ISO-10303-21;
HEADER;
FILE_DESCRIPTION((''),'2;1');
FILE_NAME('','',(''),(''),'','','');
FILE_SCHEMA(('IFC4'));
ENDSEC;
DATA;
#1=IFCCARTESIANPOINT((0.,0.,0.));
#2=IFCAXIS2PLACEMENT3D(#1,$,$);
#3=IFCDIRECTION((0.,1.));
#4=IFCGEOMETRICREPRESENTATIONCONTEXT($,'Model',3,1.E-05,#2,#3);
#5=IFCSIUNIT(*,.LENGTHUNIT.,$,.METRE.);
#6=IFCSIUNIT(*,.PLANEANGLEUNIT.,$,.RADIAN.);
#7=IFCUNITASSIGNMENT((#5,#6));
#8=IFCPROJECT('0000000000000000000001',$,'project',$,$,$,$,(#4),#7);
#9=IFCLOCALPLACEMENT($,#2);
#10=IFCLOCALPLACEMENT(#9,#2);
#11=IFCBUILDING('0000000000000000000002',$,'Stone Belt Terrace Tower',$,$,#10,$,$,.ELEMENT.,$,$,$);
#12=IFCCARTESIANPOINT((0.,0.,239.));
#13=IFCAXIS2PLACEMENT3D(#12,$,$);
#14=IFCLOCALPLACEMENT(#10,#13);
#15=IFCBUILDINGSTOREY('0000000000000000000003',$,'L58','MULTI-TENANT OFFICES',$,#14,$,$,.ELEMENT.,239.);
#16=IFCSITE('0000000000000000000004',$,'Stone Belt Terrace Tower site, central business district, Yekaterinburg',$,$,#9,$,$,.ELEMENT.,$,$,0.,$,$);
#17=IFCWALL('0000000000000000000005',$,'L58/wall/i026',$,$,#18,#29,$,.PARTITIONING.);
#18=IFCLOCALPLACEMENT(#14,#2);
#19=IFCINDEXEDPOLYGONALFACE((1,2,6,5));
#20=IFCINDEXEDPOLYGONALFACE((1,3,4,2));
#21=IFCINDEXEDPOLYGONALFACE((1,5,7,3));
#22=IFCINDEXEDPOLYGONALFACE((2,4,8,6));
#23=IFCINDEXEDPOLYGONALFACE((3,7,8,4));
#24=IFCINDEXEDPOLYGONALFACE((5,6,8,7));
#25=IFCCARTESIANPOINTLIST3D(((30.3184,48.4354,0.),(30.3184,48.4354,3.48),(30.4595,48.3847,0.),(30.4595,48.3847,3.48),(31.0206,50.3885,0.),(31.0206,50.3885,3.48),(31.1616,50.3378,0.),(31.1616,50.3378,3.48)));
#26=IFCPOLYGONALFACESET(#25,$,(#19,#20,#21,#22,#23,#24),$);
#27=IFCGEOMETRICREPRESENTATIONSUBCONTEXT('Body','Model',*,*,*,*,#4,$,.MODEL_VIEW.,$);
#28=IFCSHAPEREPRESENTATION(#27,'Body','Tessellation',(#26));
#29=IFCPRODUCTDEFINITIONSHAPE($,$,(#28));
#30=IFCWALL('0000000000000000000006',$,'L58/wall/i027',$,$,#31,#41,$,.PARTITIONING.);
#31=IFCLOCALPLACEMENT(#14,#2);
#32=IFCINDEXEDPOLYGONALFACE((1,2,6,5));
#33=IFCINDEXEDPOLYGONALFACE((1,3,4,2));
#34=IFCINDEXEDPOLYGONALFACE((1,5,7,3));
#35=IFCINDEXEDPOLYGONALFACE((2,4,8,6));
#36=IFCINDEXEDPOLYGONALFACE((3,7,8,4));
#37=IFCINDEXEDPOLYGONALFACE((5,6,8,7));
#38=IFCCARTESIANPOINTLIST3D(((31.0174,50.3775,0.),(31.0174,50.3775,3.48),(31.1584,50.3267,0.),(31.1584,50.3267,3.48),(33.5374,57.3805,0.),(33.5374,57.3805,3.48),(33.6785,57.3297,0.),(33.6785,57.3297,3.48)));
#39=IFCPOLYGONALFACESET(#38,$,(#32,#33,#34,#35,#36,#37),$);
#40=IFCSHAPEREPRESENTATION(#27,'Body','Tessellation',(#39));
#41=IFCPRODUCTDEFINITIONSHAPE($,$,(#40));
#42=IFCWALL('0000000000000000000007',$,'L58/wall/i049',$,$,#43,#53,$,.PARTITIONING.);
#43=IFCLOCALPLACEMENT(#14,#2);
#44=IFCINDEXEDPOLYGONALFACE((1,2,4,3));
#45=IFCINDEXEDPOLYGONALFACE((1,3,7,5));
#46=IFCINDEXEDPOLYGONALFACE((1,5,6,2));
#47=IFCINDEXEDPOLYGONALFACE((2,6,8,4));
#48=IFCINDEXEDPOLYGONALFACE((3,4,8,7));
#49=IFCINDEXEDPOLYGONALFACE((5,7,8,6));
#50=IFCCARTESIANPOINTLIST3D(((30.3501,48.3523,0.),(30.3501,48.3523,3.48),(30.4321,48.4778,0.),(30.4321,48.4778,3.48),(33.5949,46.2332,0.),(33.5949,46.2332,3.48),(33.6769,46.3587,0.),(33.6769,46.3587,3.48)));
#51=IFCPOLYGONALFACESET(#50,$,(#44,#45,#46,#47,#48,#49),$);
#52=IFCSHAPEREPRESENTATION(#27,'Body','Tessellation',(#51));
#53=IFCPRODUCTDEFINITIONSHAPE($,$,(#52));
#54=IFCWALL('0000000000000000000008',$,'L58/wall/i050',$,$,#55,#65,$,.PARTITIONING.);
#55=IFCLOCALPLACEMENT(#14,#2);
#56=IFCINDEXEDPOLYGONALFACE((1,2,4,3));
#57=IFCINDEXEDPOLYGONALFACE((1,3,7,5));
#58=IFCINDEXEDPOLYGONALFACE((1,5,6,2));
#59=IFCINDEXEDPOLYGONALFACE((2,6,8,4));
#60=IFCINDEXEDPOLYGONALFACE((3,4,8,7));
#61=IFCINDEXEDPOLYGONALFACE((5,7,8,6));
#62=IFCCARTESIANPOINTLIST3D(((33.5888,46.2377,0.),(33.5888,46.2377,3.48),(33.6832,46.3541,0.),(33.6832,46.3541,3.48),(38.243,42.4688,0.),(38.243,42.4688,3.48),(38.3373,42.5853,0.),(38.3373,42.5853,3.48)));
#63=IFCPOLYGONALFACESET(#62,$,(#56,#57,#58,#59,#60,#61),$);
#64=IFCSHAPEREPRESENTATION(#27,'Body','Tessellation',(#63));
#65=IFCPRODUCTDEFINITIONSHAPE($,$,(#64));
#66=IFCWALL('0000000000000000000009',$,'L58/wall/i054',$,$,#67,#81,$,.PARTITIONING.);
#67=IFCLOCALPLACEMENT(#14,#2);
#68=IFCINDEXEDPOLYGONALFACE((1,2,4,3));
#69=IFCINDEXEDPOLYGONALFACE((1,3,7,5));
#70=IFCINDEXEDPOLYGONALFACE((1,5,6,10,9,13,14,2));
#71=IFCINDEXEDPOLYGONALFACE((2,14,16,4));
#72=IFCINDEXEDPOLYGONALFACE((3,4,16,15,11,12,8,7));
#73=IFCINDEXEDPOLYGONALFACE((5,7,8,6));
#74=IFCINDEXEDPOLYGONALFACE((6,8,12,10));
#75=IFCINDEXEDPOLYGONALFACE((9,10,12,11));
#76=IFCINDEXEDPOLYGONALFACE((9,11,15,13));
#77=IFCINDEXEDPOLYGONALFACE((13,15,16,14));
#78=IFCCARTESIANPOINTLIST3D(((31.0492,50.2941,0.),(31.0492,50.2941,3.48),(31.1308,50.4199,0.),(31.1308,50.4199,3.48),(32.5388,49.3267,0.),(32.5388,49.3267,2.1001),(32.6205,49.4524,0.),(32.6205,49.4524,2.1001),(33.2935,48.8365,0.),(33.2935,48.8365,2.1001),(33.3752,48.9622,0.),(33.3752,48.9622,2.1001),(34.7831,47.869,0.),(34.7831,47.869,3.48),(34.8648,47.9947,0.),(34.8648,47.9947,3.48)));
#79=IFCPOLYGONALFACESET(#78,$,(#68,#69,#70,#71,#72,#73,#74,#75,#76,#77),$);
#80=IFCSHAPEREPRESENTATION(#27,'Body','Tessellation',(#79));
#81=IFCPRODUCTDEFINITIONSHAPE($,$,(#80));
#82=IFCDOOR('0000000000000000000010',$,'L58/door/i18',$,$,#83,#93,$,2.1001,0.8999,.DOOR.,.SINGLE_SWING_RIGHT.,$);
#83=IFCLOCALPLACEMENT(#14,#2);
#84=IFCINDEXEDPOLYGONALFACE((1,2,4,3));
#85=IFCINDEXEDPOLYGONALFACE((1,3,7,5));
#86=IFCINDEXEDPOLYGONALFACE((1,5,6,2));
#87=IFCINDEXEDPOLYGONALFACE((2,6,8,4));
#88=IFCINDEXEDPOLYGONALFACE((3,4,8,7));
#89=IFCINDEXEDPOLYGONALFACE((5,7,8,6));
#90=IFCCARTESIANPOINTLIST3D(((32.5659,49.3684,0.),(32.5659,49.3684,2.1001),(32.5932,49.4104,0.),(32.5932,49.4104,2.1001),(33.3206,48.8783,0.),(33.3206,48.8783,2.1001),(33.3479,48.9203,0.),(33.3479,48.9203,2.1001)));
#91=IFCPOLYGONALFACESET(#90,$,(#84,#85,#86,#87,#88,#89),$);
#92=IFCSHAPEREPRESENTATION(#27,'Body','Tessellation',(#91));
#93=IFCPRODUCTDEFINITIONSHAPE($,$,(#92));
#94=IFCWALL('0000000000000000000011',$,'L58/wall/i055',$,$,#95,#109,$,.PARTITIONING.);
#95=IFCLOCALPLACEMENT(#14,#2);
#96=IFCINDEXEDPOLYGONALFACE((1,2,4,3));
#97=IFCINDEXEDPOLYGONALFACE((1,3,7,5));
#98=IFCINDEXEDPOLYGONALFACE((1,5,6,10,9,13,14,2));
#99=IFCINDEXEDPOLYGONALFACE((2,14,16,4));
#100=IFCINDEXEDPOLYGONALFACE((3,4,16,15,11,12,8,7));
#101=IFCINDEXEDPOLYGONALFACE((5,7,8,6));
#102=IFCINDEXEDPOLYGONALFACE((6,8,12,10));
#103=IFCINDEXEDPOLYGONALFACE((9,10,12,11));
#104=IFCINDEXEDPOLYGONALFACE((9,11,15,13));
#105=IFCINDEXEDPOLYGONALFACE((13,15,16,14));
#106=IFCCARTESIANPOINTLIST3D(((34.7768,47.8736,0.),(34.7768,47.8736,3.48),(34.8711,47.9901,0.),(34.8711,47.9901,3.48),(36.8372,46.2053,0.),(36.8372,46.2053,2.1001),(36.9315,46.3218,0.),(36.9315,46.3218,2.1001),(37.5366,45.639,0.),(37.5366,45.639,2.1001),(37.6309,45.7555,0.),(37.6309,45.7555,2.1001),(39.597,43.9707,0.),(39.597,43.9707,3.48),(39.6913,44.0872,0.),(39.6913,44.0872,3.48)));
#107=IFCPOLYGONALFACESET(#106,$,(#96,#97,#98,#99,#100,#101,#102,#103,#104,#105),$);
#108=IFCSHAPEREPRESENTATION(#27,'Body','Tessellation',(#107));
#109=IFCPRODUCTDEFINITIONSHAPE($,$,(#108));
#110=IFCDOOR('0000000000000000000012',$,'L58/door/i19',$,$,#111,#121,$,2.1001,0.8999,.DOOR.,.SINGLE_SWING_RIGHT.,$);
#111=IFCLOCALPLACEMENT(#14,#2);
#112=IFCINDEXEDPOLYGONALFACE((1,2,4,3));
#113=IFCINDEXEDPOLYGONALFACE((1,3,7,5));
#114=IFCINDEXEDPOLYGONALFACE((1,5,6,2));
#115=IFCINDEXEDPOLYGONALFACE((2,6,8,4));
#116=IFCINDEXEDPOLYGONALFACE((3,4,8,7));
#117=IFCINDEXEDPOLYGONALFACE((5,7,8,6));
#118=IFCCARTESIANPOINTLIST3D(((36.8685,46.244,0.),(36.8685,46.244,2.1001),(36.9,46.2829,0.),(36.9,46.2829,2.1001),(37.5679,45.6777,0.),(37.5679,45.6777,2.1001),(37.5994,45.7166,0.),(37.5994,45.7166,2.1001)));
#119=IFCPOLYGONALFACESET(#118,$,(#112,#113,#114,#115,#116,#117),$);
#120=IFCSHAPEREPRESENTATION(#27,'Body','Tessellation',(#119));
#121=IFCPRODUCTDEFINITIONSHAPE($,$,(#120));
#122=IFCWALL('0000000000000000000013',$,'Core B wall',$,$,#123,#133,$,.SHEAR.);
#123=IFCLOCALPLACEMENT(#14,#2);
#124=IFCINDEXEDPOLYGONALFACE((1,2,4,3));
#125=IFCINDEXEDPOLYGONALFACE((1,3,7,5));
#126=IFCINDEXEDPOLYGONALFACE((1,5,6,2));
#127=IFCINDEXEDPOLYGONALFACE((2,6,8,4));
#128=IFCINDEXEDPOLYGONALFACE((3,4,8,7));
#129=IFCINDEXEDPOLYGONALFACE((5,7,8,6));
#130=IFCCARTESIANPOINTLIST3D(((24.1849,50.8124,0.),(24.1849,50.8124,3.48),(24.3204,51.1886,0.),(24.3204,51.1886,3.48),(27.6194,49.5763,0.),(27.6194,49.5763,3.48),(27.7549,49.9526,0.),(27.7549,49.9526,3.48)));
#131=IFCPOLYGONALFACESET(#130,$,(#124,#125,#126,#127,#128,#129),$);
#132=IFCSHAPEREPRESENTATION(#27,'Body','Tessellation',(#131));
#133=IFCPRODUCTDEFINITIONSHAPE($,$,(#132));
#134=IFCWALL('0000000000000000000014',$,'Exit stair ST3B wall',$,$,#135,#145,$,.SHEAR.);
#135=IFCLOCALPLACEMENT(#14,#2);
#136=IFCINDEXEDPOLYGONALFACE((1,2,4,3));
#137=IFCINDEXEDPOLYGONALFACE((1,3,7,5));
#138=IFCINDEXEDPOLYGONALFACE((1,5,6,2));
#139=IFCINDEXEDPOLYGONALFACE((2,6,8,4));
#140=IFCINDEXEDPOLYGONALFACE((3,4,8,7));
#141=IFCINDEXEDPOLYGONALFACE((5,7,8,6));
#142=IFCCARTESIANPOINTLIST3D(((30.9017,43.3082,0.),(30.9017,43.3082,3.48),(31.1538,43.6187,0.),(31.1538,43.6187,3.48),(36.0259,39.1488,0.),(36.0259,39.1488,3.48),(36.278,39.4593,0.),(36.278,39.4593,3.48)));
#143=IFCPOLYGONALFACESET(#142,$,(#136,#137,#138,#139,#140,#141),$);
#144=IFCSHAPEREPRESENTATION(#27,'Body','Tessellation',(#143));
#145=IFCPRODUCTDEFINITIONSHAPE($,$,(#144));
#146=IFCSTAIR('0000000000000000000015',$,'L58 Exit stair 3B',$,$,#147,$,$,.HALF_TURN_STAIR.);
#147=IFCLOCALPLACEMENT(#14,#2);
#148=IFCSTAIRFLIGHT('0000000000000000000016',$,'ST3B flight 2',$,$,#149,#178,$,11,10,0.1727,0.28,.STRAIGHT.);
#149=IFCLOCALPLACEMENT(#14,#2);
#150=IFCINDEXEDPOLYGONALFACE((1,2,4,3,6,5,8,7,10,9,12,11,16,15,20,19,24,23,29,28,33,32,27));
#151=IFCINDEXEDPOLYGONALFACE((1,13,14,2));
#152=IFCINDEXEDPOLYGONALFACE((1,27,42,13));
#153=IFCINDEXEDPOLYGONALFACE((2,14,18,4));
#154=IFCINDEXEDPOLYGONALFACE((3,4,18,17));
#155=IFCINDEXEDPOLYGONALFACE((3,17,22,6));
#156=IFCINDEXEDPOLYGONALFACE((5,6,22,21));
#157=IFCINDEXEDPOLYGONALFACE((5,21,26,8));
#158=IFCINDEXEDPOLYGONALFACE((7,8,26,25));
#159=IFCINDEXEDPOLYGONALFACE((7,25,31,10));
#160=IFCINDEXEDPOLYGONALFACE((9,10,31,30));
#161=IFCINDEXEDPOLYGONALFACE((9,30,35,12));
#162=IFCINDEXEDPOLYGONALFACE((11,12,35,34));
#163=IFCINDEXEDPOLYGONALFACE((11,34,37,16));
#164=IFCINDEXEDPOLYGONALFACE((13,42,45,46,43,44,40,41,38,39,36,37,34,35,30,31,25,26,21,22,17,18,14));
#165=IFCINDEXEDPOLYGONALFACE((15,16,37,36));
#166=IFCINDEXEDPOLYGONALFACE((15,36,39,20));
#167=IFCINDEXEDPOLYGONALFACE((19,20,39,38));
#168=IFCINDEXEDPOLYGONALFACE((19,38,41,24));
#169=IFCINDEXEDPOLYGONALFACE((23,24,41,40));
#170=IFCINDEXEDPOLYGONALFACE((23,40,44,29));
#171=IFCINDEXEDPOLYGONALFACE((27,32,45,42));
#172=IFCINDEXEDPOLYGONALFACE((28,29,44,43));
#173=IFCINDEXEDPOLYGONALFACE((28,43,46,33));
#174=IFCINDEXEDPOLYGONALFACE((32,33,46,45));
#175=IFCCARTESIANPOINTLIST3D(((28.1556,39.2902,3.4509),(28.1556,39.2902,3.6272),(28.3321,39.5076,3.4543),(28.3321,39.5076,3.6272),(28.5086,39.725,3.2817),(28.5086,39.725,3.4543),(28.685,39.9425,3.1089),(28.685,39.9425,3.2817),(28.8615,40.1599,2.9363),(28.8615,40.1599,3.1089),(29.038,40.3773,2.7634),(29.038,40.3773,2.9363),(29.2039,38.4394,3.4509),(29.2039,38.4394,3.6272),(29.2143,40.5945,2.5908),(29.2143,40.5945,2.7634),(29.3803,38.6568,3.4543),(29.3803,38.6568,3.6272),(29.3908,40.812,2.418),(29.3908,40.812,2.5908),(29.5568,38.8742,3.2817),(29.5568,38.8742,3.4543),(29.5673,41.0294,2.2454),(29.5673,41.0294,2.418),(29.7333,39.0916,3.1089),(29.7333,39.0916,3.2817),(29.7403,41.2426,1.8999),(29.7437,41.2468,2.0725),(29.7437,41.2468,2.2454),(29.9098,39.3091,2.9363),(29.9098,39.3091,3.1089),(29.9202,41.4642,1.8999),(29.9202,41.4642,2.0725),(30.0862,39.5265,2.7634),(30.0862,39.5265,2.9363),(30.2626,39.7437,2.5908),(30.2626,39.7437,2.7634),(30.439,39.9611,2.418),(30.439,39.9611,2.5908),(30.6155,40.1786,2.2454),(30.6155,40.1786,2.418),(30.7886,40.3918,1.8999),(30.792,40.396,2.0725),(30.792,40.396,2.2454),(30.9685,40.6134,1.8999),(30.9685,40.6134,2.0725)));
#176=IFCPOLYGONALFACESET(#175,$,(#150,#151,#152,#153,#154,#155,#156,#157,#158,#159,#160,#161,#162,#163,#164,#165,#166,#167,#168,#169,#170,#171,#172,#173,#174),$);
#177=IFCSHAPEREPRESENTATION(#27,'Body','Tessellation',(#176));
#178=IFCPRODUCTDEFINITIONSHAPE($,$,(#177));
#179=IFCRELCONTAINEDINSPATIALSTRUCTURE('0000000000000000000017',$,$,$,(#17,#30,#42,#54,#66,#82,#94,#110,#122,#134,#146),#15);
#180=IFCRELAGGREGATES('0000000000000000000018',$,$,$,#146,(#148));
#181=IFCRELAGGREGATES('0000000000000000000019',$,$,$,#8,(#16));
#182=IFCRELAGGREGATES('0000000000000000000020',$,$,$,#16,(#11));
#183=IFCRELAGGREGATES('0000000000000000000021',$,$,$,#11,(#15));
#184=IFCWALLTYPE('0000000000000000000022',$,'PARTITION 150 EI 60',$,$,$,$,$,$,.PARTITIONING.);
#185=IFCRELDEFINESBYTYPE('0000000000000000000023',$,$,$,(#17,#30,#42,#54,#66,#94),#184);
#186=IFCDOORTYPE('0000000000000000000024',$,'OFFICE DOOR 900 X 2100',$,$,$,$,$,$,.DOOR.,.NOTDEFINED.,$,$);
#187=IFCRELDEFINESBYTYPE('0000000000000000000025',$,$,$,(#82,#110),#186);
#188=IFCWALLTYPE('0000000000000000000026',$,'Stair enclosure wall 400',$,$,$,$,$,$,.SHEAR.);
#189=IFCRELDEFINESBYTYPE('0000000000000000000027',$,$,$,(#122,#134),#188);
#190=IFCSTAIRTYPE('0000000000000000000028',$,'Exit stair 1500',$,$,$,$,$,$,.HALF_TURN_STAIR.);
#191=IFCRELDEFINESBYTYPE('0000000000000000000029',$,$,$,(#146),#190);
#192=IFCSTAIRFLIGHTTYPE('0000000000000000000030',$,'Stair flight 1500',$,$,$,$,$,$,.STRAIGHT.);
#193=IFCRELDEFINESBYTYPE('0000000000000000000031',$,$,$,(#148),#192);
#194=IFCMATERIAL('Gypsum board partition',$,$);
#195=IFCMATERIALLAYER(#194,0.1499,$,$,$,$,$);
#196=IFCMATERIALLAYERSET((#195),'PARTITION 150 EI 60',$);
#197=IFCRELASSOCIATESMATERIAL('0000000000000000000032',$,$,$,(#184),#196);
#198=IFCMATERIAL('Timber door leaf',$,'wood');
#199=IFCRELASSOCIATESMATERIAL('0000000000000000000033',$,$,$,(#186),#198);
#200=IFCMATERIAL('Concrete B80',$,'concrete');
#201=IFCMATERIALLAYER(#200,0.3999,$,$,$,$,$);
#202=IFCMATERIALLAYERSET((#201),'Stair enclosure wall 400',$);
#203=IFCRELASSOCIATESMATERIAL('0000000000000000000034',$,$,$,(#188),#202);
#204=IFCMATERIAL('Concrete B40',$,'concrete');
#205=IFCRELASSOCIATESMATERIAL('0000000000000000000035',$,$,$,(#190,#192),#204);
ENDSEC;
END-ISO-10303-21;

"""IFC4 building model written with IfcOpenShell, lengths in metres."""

from ifc_helpers import new_model, si_unit, direction, frame, frame_2d, origin, place, context, subcontext, project, spatial, polyline, rectangle, outline, extrude, material, layer, layer_set, type_object, element, fill, aggregate, save


model = new_model("IFC4")

# Units and contexts
model_context = context("Model", 3, precision=1e-05, world=origin(), true_north=direction((0.0, 1.0)))
body_context = subcontext(model_context, "Body", "Model", "MODEL_VIEW")
ifc_project = project(units=[si_unit("LENGTHUNIT", "METRE"), si_unit("PLANEANGLEUNIT", "RADIAN")], contexts=[model_context])

# Site, building, storey
site_placement = place(None, origin())
site = spatial("IfcSite", under=ifc_project, at=site_placement, Name="Stone Belt Terrace Tower site, central business district, Yekaterinburg", CompositionType="ELEMENT", RefElevation=0.0)
building_placement = place(site_placement, origin())
building = spatial("IfcBuilding", under=site, at=building_placement, Name="Stone Belt Terrace Tower", CompositionType="ELEMENT")
storey_placement = place(building_placement, frame((0.0, 0.0, 239.0)))
storey = spatial("IfcBuildingStorey", under=building, at=storey_placement, Name="L58", Description="MULTI-TENANT OFFICES", CompositionType="ELEMENT", Elevation=239.0)

# Shared definitions
ifc_material_1 = material(Name="Concrete B80", Category="concrete")
ifc_material_2 = material(Name="Gypsum board partition")
ifc_layer_1 = layer(ifc_material_2, 0.1499)
ifc_layer_set_1 = layer_set([ifc_layer_1], Name="PARTITION 150 EI 60")
wall_type_1 = type_object("IfcWallType", Name="PARTITION 150 EI 60", PredefinedType="PARTITIONING", material=ifc_layer_set_1)
ifc_material_3 = material(Name="Timber door leaf", Category="wood")
door_type_1 = type_object("IfcDoorType", Name="OFFICE DOOR 900 X 2100", OperationType="NOTDEFINED", PredefinedType="DOOR", material=ifc_material_3)

# Walls
wall_1_placement = place(storey_placement, frame((31.0911, 50.363, 0.0), z_axis=(0.0, 0.0, 1.0), x_axis=(-0.338303, -0.941037, 0.0)))
element("IfcWall", 1, at=wall_1_placement, inside=storey, type_object=wall_type_1, Name="L58/wall/i026", PredefinedType="PARTITIONING", context=body_context, shape_type="SweptSolid", body=[
    extrude(rectangle(XDim=2.0754, YDim=0.1499, at=frame_2d((1.0376, 0.0))), origin(), (0.0, 0.0, 1.0), 3.48),
])
wall_2_placement = place(storey_placement, frame((33.6079, 57.355, 0.0), z_axis=(0.0, 0.0, 1.0), x_axis=(-0.338596, -0.940932, 0.0)))
element("IfcWall", 2, at=wall_2_placement, inside=storey, type_object=wall_type_1, Name="L58/wall/i027", PredefinedType="PARTITIONING", context=body_context, shape_type="SweptSolid", body=[
    extrude(rectangle(XDim=7.4426, YDim=0.1499, at=frame_2d((3.7212, 0.0))), origin(), (0.0, 0.0, 1.0), 3.48),
])
wall_3_placement = place(storey_placement, frame((30.3911, 48.415, 0.0), z_axis=(0.0, 0.0, 1.0), x_axis=(0.837266, -0.546796, 0.0)))
element("IfcWall", 3, at=wall_3_placement, inside=storey, type_object=wall_type_1, Name="L58/wall/i049", PredefinedType="PARTITIONING", context=body_context, shape_type="SweptSolid", body=[
    extrude(rectangle(XDim=3.8755, YDim=0.1499, at=frame_2d((1.9377, 0.0))), origin(), (0.0, 0.0, 1.0), 3.48),
])
wall_4_placement = place(storey_placement, frame((33.636, 46.2959, 0.0), z_axis=(0.0, 0.0, 1.0), x_axis=(0.777144, -0.629323, 0.0)))
element("IfcWall", 4, at=wall_4_placement, inside=storey, type_object=wall_type_1, Name="L58/wall/i050", PredefinedType="PARTITIONING", context=body_context, shape_type="SweptSolid", body=[
    extrude(rectangle(XDim=5.9888, YDim=0.1499, at=frame_2d((2.9944, 0.0))), origin(), (0.0, 0.0, 1.0), 3.48),
])

# Walls, openings, doors
wall_5_placement = place(storey_placement, frame((31.0901, 50.3569, 0.0), z_axis=(0.0, 0.0, 1.0), x_axis=(0.838647, -0.544676, 0.0)))
wall_5 = element("IfcWall", 5, at=wall_5_placement, inside=storey, type_object=wall_type_1, Name="L58/wall/i054", PredefinedType="PARTITIONING", context=body_context, shape_type="SweptSolid", body=[
    extrude(rectangle(XDim=4.4524, YDim=0.1499, at=frame_2d((2.2261, 0.0))), origin(), (0.0, 0.0, 1.0), 3.48),
])
opening_1_placement = place(wall_5_placement, frame((1.7761, 0.0, 0.0)))
opening_1 = element("IfcOpeningElement", 6, at=opening_1_placement, cuts=wall_5, PredefinedType="OPENING", context=body_context, shape_type="SweptSolid", body=[
    extrude(rectangle(XDim=0.8999, YDim=2.1001, at=frame_2d((0.45, 1.05))), frame((0.0, 0.085, 0.0), z_axis=(0.0, -1.0, 0.0), x_axis=(1.0, 0.0, 0.0)), (0.0, 0.0, 1.0), 0.1699),
])
door_1_placement = place(opening_1_placement, origin())
door_1 = element("IfcDoor", 7, at=door_1_placement, inside=storey, type_object=door_type_1, Name="L58/door/i18", OperationType="SINGLE_SWING_RIGHT", OverallHeight=2.1001, OverallWidth=0.8999, PredefinedType="DOOR", context=body_context, shape_type="SweptSolid", body=[
    extrude(rectangle(XDim=0.8999, YDim=2.1001, at=frame_2d((0.45, 1.05))), frame((0.0, 0.0249, 0.0), z_axis=(0.0, -1.0, 0.0), x_axis=(1.0, 0.0, 0.0)), (0.0, 0.0, 1.0), 0.05),
])
fill(opening_1, door_1)
wall_6_placement = place(storey_placement, frame((34.824, 47.9319, 0.0), z_axis=(0.0, 0.0, 1.0), x_axis=(0.777176, -0.629283, 0.0)))
wall_6 = element("IfcWall", 8, at=wall_6_placement, inside=storey, type_object=wall_type_1, Name="L58/wall/i055", PredefinedType="PARTITIONING", context=body_context, shape_type="SweptSolid", body=[
    extrude(rectangle(XDim=6.2021, YDim=0.1499, at=frame_2d((3.1011, 0.0))), origin(), (0.0, 0.0, 1.0), 3.48),
])
opening_2_placement = place(wall_6_placement, frame((2.6511, 0.0, 0.0)))
opening_2 = element("IfcOpeningElement", 9, at=opening_2_placement, cuts=wall_6, PredefinedType="OPENING", context=body_context, shape_type="SweptSolid", body=[
    extrude(rectangle(XDim=0.8999, YDim=2.1001, at=frame_2d((0.45, 1.05))), frame((0.0, 0.085, 0.0), z_axis=(0.0, -1.0, 0.0), x_axis=(1.0, 0.0, 0.0)), (0.0, 0.0, 1.0), 0.1699),
])
door_2_placement = place(opening_2_placement, origin())
door_2 = element("IfcDoor", 10, at=door_2_placement, inside=storey, type_object=door_type_1, Name="L58/door/i19", OperationType="SINGLE_SWING_RIGHT", OverallHeight=2.1001, OverallWidth=0.8999, PredefinedType="DOOR", context=body_context, shape_type="SweptSolid", body=[
    extrude(rectangle(XDim=0.8999, YDim=2.1001, at=frame_2d((0.45, 1.05))), frame((0.0, 0.0249, 0.0), z_axis=(0.0, -1.0, 0.0), x_axis=(1.0, 0.0, 0.0)), (0.0, 0.0, 1.0), 0.05),
])
fill(opening_2, door_2)

# Walls
ifc_layer_2 = layer(ifc_material_1, 0.3999)
ifc_layer_set_2 = layer_set([ifc_layer_2], Name="Stair enclosure wall 400")
wall_type_2 = type_object("IfcWallType", Name="Stair enclosure wall 400", PredefinedType="SHEAR", material=ifc_layer_set_2)
wall_7_placement = place(storey_placement, frame((27.6873, 49.7644, 0.0), z_axis=(0.0, 0.0, 1.0), x_axis=(-0.940919, 0.338632, 0.0)))
element("IfcWall", 11, at=wall_7_placement, inside=storey, type_object=wall_type_2, Name="Core B wall", PredefinedType="SHEAR", context=body_context, shape_type="SweptSolid", body=[
    extrude(rectangle(XDim=3.6501, YDim=0.3999, at=frame_2d((1.8252, 0.0))), origin(), (0.0, 0.0, 1.0), 3.48),
])
wall_8_placement = place(storey_placement, frame((31.0278, 43.4634, 0.0), z_axis=(0.0, 0.0, 1.0), x_axis=(0.776414, -0.630224, 0.0)))
element("IfcWall", 12, at=wall_8_placement, inside=storey, type_object=wall_type_2, Name="Exit stair ST3B wall", PredefinedType="SHEAR", context=body_context, shape_type="SweptSolid", body=[
    extrude(rectangle(XDim=6.5999, YDim=0.3999, at=frame_2d((3.2998, 0.0))), origin(), (0.0, 0.0, 1.0), 3.48),
])

# Stair, stair flight
ifc_material_4 = material(Name="Concrete B40", Category="concrete")
stair_type = type_object("IfcStairType", Name="Exit stair 1500", PredefinedType="HALF_TURN_STAIR", material=ifc_material_4)
stair_placement = place(storey_placement, origin())
stair = element("IfcStair", 13, at=stair_placement, inside=storey, type_object=stair_type, Name="L58 Exit stair 3B", PredefinedType="HALF_TURN_STAIR")
stair_flight_type = type_object("IfcStairFlightType", Name="Stair flight 1500", PredefinedType="STRAIGHT", material=ifc_material_4)
stair_flight_placement = place(storey_placement, frame((30.4443, 41.0388, 1.8999), z_axis=(0.0, 0.0, 1.0), x_axis=(-0.630206, -0.776428, 0.0)))
stair_flight = element("IfcStairFlight", 14, at=stair_flight_placement, type_object=stair_flight_type, Name="ST3B flight 2", NumberOfRisers=11, NumberOfTreads=10, PredefinedType="STRAIGHT", RiserHeight=0.1727, TreadLength=0.28, context=body_context, shape_type="SweptSolid", body=[
    extrude(outline(polyline([(0.0, 0.0), (0.0, 0.1726), (0.28, 0.1726), (0.28, 0.3455), (0.5601, 0.3455), (0.5601, 0.5181), (0.8401, 0.5181), (0.8401, 0.6909), (1.1201, 0.6909), (1.1201, 0.8635), (1.3999, 0.8635), (1.3999, 1.0364), (1.6799, 1.0364), (1.6799, 1.209), (1.96, 1.209), (1.96, 1.3818), (2.24, 1.3818), (2.24, 1.5544), (2.52, 1.5544), (2.52, 1.7273), (2.8, 1.7273), (2.8, 1.8999), (2.8, 1.551), (0.2854, 0.0), (0.0, 0.0)])), frame((0.0, 0.675, 0.0), z_axis=(0.0, -1.0, 0.0), x_axis=(1.0, 0.0, 0.0)), (0.0, 0.0, 1.0), 1.3501),
])
aggregate(stair, [stair_flight])

save(model, "model.ifc")
